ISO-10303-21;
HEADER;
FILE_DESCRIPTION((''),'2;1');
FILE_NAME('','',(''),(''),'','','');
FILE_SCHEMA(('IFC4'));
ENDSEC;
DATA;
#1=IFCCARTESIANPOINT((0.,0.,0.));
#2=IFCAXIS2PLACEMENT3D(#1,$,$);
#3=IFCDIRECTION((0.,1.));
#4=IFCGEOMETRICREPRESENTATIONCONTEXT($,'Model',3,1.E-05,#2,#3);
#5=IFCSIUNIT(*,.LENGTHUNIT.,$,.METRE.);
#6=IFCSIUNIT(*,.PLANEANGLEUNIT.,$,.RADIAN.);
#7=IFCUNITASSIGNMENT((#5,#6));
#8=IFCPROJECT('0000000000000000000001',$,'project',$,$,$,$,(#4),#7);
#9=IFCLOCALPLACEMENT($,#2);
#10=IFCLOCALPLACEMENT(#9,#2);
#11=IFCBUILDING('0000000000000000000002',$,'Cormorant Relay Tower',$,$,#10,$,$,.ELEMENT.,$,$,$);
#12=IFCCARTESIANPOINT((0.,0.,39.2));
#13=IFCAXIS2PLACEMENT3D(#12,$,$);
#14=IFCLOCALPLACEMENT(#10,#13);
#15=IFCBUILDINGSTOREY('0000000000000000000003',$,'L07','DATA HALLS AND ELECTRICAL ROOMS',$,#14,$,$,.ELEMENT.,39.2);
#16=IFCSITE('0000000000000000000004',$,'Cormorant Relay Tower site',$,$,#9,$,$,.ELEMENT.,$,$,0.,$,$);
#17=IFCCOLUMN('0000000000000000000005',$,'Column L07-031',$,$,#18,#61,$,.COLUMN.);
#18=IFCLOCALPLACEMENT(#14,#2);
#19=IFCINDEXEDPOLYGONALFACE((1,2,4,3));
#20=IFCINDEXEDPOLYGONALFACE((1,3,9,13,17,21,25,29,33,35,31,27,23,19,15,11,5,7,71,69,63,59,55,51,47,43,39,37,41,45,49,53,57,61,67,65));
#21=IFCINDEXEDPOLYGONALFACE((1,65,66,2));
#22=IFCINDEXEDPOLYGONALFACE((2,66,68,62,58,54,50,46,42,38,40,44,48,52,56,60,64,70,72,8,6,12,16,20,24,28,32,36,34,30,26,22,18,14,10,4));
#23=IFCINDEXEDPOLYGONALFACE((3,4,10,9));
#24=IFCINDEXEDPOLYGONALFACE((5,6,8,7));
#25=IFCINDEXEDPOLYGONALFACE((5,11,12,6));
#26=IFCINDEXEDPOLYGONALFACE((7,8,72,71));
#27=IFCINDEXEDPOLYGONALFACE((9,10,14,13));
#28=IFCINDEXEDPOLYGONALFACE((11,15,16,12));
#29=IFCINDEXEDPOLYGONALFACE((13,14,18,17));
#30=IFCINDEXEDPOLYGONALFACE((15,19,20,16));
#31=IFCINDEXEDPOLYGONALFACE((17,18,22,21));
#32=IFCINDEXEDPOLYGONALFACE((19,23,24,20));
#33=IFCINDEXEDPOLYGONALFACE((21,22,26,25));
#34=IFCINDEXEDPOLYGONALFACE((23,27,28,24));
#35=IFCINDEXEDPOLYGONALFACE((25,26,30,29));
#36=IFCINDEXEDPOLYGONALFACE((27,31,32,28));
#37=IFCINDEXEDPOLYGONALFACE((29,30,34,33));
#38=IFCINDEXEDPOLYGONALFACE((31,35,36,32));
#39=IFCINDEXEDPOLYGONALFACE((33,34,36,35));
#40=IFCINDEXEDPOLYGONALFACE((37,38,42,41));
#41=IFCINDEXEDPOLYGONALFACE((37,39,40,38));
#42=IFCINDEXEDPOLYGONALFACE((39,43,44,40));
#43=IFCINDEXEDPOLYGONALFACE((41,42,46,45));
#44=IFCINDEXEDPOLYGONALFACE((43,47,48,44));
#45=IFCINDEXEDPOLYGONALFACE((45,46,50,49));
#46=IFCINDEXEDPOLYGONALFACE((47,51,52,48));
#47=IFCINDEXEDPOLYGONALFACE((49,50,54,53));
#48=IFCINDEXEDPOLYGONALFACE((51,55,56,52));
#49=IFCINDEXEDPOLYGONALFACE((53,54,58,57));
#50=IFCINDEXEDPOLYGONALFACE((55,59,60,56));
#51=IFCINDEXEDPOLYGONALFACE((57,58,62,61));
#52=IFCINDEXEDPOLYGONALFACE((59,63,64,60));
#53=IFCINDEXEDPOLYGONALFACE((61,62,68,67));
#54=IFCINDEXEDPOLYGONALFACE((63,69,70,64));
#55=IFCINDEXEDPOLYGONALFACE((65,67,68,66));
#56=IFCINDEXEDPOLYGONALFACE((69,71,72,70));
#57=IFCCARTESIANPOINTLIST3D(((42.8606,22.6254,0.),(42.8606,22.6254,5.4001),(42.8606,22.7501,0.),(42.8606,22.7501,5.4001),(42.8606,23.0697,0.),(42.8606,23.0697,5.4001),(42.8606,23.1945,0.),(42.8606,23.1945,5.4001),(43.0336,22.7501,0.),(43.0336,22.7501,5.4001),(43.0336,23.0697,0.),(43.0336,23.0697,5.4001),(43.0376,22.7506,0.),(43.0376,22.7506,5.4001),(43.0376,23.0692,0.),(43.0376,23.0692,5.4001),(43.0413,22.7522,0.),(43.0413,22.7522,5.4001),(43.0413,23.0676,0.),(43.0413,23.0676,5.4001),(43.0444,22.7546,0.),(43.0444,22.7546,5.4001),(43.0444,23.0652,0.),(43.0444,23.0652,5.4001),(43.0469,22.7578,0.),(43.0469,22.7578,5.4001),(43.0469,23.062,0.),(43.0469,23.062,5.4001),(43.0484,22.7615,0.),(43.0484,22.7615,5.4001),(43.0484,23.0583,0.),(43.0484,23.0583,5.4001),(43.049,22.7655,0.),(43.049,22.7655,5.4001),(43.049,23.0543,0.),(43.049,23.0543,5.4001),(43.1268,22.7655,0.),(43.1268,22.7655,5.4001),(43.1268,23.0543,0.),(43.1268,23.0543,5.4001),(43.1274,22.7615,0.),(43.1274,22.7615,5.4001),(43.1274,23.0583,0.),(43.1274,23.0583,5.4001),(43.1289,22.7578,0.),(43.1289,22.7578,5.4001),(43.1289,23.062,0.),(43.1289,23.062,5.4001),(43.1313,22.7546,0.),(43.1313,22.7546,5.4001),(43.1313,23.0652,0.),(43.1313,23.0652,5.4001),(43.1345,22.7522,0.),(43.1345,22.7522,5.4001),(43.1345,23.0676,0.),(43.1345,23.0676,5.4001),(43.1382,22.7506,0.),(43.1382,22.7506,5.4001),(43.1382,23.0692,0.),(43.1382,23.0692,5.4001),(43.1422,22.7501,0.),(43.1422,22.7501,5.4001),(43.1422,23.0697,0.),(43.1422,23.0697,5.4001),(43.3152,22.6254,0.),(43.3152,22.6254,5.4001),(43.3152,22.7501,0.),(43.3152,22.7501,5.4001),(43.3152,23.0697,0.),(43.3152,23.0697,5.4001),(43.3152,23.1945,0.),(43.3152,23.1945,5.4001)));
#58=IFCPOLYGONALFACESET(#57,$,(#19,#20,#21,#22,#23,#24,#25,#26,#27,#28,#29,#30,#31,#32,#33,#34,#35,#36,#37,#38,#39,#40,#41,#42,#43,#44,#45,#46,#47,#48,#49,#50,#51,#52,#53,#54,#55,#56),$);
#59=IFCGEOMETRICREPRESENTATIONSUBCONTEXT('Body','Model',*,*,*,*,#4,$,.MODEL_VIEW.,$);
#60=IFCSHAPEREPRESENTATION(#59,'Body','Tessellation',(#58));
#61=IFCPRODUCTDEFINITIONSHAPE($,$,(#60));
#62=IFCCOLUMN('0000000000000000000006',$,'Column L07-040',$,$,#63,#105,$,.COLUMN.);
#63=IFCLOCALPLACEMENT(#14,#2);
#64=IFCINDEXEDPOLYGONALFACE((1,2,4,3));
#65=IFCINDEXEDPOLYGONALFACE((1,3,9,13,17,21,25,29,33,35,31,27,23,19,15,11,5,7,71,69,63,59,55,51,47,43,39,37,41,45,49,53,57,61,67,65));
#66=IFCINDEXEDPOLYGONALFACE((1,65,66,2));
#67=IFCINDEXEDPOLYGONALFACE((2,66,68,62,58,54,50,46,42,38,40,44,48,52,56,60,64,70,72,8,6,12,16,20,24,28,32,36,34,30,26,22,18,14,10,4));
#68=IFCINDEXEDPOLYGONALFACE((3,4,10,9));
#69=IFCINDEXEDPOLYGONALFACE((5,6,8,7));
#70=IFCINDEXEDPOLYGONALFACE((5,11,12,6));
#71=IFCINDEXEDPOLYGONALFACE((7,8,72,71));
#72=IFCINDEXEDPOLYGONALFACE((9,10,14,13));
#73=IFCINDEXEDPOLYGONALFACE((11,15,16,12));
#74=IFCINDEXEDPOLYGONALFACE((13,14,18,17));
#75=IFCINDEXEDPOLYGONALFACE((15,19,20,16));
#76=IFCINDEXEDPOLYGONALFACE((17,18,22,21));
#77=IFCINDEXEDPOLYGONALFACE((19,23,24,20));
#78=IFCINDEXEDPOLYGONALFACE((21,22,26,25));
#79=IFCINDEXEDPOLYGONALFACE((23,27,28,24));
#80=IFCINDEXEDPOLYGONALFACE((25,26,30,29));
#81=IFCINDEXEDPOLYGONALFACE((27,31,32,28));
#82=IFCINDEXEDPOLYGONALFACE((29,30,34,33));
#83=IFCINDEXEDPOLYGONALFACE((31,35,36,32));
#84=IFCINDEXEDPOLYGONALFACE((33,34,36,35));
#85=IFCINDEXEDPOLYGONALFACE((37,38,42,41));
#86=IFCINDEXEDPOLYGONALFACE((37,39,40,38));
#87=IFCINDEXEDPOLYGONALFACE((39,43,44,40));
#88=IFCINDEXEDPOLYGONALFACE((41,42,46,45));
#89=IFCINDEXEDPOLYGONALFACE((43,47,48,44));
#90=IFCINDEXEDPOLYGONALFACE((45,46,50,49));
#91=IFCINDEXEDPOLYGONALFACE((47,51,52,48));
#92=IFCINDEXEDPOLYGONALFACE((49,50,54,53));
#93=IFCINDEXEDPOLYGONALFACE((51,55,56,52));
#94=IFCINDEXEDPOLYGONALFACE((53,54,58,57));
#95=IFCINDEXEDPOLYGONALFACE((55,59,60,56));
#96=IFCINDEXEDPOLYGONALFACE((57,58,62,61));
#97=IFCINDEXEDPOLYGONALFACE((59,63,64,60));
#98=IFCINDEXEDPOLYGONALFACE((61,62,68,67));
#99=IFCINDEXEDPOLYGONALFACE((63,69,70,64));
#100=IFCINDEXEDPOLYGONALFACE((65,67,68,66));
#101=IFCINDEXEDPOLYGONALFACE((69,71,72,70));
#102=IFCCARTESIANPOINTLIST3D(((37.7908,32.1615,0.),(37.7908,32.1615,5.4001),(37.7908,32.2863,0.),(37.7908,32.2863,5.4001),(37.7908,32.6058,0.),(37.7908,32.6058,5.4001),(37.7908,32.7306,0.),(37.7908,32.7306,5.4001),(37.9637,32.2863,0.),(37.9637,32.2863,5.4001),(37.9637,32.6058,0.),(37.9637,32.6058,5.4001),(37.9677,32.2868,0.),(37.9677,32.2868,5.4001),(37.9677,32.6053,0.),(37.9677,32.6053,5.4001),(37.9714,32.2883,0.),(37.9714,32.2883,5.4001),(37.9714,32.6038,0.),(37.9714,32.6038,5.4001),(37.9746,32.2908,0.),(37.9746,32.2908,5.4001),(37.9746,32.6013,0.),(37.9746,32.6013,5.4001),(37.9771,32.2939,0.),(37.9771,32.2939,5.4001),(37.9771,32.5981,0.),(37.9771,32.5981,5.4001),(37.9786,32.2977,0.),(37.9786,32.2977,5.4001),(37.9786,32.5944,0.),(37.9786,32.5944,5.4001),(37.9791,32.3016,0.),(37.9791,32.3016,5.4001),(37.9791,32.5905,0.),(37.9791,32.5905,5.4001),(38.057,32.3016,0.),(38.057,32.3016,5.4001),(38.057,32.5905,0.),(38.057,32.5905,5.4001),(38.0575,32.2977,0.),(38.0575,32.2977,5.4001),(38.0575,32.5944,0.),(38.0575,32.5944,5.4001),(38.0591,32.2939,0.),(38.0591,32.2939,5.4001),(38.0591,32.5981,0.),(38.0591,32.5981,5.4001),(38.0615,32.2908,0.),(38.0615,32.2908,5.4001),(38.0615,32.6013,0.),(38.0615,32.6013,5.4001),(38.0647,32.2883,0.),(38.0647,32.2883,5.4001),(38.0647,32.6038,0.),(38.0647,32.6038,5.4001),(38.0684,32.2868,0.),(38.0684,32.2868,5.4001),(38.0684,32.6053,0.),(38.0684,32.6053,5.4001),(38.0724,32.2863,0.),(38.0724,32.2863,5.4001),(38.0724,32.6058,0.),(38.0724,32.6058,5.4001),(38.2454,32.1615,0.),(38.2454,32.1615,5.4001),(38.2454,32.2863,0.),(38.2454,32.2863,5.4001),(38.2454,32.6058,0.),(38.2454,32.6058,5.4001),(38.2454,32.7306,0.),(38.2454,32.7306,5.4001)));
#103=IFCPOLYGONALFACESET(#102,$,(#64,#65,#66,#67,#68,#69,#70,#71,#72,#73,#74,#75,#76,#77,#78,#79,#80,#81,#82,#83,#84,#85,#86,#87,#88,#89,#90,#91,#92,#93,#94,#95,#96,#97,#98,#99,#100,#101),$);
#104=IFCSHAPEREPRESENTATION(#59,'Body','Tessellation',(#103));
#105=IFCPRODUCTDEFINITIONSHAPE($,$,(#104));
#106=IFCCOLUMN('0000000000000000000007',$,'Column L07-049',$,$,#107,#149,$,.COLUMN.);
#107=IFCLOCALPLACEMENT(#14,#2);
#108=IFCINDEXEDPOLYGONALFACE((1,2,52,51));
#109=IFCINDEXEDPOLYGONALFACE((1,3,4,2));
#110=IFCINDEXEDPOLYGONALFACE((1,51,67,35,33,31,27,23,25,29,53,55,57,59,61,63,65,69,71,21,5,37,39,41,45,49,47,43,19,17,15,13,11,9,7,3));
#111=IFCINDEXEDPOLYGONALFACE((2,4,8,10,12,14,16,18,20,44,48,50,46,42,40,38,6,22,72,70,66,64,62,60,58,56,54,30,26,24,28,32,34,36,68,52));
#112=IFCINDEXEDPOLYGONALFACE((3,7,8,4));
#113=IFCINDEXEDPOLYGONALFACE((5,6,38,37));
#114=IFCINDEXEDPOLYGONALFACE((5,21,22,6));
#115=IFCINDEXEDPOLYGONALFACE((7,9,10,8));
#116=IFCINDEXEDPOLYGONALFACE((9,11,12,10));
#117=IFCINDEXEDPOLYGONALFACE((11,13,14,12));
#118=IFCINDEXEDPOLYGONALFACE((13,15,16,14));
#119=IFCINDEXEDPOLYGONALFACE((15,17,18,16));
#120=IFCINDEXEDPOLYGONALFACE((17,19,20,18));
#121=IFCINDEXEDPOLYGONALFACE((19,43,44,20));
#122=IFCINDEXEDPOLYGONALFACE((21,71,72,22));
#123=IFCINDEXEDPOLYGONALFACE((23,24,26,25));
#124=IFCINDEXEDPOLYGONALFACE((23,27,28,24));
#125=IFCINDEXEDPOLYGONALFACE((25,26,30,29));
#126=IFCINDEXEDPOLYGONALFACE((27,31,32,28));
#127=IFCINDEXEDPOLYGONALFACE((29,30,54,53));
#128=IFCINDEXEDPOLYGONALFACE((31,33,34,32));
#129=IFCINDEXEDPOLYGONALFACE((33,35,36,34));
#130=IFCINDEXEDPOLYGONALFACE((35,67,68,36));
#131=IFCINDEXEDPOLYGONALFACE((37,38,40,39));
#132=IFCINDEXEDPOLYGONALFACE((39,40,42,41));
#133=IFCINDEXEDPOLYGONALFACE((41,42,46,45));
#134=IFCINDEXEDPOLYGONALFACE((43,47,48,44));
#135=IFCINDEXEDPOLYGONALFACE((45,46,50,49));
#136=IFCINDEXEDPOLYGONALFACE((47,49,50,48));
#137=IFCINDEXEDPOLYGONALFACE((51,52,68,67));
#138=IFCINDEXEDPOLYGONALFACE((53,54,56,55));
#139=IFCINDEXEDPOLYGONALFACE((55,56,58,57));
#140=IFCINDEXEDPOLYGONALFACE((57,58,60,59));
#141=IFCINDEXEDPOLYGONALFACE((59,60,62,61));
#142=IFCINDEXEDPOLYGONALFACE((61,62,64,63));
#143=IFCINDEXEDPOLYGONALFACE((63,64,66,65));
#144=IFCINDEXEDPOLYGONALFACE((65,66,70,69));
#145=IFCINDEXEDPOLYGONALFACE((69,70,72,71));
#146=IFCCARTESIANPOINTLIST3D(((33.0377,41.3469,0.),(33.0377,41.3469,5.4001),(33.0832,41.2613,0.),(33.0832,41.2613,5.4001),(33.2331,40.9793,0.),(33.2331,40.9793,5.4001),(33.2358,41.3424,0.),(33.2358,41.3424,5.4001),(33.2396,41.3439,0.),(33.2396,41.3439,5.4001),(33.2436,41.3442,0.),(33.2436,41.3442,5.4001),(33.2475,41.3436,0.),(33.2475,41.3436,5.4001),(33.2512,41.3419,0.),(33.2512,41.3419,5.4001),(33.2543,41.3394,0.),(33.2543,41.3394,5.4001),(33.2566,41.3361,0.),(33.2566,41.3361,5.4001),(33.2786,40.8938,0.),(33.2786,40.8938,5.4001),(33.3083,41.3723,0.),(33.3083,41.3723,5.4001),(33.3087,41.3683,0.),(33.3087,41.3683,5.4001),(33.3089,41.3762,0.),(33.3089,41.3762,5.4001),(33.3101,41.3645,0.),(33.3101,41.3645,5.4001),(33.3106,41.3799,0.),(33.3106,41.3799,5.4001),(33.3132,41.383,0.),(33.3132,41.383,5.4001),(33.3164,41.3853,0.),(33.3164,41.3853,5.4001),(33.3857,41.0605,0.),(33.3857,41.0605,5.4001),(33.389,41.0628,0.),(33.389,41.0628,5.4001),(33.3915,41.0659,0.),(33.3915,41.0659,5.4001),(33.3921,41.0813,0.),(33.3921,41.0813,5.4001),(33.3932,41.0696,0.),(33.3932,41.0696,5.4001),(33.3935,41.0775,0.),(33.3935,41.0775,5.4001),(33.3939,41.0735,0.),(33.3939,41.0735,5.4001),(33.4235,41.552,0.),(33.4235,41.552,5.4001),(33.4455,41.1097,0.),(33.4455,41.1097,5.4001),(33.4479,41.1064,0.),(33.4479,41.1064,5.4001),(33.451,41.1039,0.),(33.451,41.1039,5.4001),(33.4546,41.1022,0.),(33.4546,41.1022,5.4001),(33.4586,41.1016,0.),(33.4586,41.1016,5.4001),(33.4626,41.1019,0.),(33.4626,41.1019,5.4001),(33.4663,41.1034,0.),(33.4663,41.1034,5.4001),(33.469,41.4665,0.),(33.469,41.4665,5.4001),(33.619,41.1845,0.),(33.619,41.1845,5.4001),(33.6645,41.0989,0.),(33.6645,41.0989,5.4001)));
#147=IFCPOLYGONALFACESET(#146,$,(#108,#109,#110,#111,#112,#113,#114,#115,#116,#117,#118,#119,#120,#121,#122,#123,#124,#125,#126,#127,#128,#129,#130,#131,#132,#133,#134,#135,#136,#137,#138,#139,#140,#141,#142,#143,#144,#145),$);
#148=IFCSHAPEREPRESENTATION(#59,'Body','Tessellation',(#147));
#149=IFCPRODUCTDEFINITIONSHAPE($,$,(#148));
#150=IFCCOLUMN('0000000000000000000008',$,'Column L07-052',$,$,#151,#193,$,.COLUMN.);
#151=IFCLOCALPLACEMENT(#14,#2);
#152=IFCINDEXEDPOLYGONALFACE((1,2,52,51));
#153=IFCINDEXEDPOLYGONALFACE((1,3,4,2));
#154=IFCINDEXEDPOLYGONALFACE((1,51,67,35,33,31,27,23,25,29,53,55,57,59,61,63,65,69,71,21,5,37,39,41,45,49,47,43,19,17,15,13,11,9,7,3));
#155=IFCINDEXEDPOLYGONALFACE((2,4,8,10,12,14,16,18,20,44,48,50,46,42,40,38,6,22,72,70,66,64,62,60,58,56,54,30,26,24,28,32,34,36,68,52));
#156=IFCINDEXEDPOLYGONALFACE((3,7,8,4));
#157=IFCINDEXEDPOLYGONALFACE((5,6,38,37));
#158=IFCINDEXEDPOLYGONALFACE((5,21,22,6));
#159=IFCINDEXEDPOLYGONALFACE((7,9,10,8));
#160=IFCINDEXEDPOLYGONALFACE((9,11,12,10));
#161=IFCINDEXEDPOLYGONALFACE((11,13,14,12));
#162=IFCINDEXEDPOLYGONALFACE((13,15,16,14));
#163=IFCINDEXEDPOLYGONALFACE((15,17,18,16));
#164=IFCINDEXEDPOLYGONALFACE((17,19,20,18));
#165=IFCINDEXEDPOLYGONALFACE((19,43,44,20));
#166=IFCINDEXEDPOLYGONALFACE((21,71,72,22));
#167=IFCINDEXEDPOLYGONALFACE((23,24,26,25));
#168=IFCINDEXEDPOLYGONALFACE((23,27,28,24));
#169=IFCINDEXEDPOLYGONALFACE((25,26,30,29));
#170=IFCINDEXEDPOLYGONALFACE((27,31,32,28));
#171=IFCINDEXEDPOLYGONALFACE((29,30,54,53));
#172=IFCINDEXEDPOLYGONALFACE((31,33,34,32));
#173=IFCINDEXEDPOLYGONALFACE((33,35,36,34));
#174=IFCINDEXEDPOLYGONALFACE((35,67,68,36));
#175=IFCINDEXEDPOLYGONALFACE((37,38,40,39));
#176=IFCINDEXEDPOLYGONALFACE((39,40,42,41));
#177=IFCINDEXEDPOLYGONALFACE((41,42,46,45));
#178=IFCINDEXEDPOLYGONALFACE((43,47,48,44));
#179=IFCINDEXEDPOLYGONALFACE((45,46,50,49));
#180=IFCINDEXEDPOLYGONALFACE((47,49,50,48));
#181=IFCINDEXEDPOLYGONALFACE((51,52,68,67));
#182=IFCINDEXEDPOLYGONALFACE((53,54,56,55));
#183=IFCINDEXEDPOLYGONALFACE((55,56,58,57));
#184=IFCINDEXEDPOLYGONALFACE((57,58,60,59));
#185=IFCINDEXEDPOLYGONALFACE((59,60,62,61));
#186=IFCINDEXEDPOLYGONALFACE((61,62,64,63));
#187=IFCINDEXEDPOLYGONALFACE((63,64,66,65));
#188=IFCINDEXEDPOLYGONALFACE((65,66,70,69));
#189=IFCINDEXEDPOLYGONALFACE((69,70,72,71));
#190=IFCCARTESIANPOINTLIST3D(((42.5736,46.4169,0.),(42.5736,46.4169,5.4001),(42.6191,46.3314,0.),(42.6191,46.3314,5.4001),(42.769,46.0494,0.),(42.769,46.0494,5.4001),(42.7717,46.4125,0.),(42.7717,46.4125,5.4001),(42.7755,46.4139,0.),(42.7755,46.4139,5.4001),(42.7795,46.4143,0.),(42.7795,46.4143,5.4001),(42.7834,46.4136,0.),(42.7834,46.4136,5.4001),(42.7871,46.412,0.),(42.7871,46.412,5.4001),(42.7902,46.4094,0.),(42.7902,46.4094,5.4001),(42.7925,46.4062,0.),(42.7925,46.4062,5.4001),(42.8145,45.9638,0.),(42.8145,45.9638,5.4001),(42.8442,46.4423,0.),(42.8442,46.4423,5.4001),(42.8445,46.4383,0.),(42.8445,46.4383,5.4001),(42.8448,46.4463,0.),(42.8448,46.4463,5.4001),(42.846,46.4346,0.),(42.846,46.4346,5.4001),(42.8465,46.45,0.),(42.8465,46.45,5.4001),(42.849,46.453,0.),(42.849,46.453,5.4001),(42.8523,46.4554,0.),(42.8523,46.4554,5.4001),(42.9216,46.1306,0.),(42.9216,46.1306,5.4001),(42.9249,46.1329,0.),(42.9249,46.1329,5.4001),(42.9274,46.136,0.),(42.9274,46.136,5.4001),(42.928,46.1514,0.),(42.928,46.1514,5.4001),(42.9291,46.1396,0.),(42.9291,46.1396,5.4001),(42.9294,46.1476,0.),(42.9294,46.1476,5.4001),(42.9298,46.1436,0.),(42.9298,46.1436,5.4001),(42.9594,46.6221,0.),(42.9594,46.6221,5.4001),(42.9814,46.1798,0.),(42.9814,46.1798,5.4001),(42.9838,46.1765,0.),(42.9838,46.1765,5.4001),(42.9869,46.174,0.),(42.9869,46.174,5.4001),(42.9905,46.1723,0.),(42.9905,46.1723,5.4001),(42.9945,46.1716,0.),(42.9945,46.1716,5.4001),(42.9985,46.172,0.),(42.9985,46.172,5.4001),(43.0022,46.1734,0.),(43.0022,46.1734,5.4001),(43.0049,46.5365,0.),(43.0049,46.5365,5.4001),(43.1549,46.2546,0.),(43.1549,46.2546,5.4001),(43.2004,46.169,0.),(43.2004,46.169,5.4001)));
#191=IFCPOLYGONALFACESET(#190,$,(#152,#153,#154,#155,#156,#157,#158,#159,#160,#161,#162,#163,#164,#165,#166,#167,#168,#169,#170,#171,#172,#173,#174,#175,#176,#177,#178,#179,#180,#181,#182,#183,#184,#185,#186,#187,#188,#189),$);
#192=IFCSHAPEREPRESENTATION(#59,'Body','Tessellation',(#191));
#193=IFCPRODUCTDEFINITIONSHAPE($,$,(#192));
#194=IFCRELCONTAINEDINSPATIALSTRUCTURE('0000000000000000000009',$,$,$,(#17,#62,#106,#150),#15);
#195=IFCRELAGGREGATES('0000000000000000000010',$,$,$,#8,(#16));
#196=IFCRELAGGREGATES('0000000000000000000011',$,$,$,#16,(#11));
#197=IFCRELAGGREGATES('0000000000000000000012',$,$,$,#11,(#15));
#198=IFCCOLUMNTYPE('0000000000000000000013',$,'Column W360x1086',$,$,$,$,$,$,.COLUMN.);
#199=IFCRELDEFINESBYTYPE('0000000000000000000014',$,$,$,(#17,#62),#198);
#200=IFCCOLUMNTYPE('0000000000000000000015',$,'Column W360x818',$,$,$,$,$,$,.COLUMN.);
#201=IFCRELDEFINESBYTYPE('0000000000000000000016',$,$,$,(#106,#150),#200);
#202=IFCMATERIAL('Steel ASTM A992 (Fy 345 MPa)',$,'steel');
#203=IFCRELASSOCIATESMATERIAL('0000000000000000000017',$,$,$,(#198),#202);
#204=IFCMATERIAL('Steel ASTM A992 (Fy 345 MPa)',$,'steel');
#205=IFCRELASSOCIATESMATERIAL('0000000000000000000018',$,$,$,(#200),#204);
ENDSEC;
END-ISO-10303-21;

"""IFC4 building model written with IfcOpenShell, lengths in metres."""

from ifc_helpers import new_model, si_unit, direction, frame, origin, origin_2d, place, context, subcontext, project, spatial, i_section, extrude, material, material_profile, profile_set, type_object, element, save


model = new_model("IFC4")

# Units and contexts
model_context = context("Model", 3, precision=1e-05, world=origin(), true_north=direction((0.0, 1.0)))
body_context = subcontext(model_context, "Body", "Model", "MODEL_VIEW")
ifc_project = project(units=[si_unit("LENGTHUNIT", "METRE"), si_unit("PLANEANGLEUNIT", "RADIAN")], contexts=[model_context])

# Site, building, storey
site_placement = place(None, origin())
site = spatial("IfcSite", under=ifc_project, at=site_placement, Name="Cormorant Relay Tower site", CompositionType="ELEMENT", RefElevation=0.0)
building_placement = place(site_placement, origin())
building = spatial("IfcBuilding", under=site, at=building_placement, Name="Cormorant Relay Tower", CompositionType="ELEMENT")
storey_placement = place(building_placement, frame((0.0, 0.0, 39.2)))
storey = spatial("IfcBuildingStorey", under=building, at=storey_placement, Name="L07", Description="DATA HALLS AND ELECTRICAL ROOMS", CompositionType="ELEMENT", Elevation=39.2)

# Columns
ifc_material_1 = material(Name="Steel ASTM A992 (Fy 345 MPa)", Category="steel")
ifc_material_profile_1 = material_profile(ifc_material_1, i_section(OverallWidth=0.4546, OverallDepth=0.5691, WebThickness=0.0779, FlangeThickness=0.1248, FilletRadius=0.0154, at=origin_2d()), Name="W360x1086")
ifc_profile_set_1 = profile_set([ifc_material_profile_1], Name="Steel ASTM A992 (Fy 345 MPa)")
column_type_1 = type_object("IfcColumnType", Name="Column W360x1086", PredefinedType="COLUMN", material=ifc_profile_set_1)
for number, where, z_axis, x_axis, name in (
    (1, (43.0879, 22.9099, 0.0), (0.0, 0.0, 1.0), (1.0, 0.0, 0.0), "Column L07-031"),
    (2, (38.0181, 32.446, 0.0), (0.0, 0.0, 1.0), (1.0, 0.0, 0.0), "Column L07-040"),
):
    element("IfcColumn", number, at=place(storey_placement, frame(where, z_axis=z_axis, x_axis=x_axis)), inside=storey, type_object=column_type_1, Name=name, PredefinedType="COLUMN", context=body_context, shape_type="SweptSolid", body=[
        extrude(i_section(OverallWidth=0.4546, OverallDepth=0.5691, WebThickness=0.0779, FlangeThickness=0.1248, FilletRadius=0.0154, at=origin_2d()), origin(), (0.0, 0.0, 1.0), 5.4001),
    ])
ifc_material_2 = material(Name="Steel ASTM A992 (Fy 345 MPa)", Category="steel")
ifc_material_profile_2 = material_profile(ifc_material_2, i_section(OverallWidth=0.437, OverallDepth=0.5132, WebThickness=0.0605, FlangeThickness=0.0969, FilletRadius=0.0154, at=origin_2d()), Name="W360x818")
ifc_profile_set_2 = profile_set([ifc_material_profile_2], Name="Steel ASTM A992 (Fy 345 MPa)")
column_type_2 = type_object("IfcColumnType", Name="Column W360x818", PredefinedType="COLUMN", material=ifc_profile_set_2)
for number, where, z_axis, x_axis, name in (
    (3, (33.3511, 41.2229, 0.0), (0.0, 0.0, 1.0), (-0.882948, -0.469472, 0.0), "Column L07-049"),
    (4, (42.887, 46.293, 0.0), (0.0, 0.0, 1.0), (-0.882948, -0.469472, 0.0), "Column L07-052"),
):
    element("IfcColumn", number, at=place(storey_placement, frame(where, z_axis=z_axis, x_axis=x_axis)), inside=storey, type_object=column_type_2, Name=name, PredefinedType="COLUMN", context=body_context, shape_type="SweptSolid", body=[
        extrude(i_section(OverallWidth=0.437, OverallDepth=0.5132, WebThickness=0.0605, FlangeThickness=0.0969, FilletRadius=0.0154, at=origin_2d()), origin(), (0.0, 0.0, 1.0), 5.4001),
    ])

save(model, "model.ifc")
